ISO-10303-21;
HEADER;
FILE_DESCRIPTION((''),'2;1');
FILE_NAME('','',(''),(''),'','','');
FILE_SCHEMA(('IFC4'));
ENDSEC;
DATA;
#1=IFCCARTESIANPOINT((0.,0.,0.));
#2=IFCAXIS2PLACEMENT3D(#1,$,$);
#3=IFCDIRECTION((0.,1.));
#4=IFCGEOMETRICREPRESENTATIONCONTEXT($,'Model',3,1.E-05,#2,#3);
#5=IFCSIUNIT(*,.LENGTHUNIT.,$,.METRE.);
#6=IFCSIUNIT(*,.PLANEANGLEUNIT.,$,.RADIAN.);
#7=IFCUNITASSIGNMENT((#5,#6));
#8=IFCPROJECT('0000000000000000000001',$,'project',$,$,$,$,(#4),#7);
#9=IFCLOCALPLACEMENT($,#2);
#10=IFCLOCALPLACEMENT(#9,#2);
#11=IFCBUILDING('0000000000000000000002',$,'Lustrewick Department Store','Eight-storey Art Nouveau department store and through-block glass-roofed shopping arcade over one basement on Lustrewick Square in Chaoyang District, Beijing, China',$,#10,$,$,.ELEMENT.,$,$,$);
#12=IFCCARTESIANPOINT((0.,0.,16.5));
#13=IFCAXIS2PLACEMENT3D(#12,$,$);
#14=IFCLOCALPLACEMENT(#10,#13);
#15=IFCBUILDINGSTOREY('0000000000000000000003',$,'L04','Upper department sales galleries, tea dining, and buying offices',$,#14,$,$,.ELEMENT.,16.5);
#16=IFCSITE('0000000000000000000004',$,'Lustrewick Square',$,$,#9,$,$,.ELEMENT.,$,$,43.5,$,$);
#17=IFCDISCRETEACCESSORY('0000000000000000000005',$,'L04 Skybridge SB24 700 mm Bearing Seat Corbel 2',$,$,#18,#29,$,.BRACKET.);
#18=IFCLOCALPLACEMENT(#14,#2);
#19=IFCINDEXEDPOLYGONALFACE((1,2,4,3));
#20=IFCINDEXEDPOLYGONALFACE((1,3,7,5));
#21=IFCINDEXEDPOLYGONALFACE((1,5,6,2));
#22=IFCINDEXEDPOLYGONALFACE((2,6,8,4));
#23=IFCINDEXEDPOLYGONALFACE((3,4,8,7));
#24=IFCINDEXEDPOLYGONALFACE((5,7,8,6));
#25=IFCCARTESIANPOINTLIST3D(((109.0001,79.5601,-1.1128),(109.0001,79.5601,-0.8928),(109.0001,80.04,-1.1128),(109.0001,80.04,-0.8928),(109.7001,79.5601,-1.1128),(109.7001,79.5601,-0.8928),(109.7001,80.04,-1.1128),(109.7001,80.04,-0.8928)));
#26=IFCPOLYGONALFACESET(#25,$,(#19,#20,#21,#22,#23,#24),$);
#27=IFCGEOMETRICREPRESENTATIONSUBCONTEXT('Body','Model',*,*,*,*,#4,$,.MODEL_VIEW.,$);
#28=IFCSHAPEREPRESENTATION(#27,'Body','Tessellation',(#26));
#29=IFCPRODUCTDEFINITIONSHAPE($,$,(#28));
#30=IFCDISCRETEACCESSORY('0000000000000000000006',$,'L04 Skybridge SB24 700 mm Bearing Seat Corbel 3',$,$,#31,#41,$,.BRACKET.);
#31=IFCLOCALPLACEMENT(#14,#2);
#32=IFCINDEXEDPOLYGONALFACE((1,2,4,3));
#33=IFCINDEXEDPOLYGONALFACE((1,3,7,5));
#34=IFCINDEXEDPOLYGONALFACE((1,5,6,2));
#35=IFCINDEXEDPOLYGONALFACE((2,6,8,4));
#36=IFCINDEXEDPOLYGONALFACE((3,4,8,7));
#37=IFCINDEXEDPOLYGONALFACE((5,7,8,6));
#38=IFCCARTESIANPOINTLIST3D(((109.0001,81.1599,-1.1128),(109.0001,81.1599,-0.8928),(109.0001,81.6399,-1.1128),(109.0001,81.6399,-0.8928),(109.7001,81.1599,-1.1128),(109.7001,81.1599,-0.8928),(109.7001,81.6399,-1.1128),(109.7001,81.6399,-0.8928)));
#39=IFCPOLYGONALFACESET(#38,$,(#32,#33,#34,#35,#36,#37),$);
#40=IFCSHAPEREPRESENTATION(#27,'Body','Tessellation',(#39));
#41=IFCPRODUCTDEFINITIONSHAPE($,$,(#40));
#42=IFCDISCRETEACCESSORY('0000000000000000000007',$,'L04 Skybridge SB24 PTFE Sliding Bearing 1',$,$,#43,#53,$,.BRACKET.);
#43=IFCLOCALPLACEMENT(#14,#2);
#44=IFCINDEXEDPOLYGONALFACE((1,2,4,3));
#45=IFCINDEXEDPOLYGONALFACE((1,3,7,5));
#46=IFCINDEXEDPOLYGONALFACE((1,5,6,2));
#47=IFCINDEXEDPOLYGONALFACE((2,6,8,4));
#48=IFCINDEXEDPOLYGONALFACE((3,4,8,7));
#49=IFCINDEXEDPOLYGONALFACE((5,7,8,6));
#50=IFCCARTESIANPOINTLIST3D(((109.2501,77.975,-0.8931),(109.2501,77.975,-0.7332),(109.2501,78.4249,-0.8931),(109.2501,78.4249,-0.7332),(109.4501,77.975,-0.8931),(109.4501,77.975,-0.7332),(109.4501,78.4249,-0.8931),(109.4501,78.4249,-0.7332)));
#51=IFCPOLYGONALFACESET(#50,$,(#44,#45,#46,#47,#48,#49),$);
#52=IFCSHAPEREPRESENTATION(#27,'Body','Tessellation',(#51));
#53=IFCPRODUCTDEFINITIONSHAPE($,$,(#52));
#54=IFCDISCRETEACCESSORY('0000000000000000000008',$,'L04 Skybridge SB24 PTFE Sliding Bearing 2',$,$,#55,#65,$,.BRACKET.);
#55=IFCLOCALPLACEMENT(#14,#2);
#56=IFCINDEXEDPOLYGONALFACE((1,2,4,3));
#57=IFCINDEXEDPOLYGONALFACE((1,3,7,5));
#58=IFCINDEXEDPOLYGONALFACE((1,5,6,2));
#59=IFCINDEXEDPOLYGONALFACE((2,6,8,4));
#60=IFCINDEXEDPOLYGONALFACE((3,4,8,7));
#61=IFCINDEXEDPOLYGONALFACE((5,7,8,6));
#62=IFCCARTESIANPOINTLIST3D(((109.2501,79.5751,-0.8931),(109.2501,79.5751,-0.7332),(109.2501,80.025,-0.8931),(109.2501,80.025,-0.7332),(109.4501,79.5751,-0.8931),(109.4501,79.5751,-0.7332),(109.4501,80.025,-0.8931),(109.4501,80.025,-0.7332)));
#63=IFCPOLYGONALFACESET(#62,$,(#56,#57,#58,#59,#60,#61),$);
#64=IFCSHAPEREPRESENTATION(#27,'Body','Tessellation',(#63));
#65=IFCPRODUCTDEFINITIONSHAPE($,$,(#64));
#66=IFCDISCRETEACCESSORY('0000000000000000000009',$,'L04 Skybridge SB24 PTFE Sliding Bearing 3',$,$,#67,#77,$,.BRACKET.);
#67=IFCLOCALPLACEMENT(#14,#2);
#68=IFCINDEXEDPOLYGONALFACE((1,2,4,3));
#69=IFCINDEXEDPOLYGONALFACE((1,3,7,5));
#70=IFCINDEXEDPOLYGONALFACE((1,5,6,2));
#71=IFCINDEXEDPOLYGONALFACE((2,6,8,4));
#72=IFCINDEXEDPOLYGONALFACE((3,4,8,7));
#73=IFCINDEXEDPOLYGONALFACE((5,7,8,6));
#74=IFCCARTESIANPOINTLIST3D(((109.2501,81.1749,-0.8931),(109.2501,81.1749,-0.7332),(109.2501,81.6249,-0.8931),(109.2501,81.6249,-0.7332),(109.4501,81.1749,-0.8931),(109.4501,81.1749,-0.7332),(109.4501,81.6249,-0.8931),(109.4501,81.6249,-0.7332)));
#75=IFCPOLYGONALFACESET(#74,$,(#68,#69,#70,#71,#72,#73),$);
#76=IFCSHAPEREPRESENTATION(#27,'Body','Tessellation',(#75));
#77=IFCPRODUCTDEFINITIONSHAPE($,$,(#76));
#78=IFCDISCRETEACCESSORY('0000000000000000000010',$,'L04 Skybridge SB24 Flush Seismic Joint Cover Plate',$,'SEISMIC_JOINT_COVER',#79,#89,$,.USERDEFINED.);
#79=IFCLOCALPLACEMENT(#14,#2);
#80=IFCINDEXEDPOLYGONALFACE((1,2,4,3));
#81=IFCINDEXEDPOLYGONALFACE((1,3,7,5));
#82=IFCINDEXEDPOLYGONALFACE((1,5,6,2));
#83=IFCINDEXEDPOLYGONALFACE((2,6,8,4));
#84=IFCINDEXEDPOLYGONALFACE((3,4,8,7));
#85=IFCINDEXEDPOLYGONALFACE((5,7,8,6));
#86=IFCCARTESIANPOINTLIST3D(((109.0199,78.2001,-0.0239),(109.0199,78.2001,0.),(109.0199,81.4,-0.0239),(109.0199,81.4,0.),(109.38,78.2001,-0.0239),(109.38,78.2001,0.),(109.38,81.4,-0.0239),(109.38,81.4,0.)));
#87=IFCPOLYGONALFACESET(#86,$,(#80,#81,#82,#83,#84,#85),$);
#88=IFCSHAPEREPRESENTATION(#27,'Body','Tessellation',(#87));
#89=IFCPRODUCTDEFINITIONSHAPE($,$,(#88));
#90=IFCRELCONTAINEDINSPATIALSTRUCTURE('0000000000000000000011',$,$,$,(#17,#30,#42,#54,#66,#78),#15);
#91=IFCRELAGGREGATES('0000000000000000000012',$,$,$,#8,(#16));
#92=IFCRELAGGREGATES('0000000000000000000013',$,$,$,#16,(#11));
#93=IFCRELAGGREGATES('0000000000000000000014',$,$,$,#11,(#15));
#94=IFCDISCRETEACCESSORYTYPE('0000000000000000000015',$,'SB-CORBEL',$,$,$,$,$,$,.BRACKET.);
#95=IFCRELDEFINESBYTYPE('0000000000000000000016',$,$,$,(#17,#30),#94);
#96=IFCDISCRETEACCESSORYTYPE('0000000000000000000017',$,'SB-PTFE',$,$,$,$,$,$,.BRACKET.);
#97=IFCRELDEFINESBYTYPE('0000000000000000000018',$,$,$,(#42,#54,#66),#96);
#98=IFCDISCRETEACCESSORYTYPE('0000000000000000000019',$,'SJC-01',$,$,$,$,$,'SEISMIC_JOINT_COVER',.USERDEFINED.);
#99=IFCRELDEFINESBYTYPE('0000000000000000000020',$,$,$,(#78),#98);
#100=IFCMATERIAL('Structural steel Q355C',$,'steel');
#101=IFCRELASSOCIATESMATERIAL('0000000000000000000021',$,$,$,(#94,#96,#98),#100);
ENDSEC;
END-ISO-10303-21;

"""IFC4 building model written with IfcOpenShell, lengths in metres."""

from ifc_helpers import new_model, si_unit, direction, frame, origin, origin_2d, place, context, subcontext, project, spatial, rectangle, extrude, material, type_object, element, save


model = new_model("IFC4")

# Units and contexts
model_context = context("Model", 3, precision=1e-05, world=origin(), true_north=direction((0.0, 1.0)))
body_context = subcontext(model_context, "Body", "Model", "MODEL_VIEW")
ifc_project = project(units=[si_unit("LENGTHUNIT", "METRE"), si_unit("PLANEANGLEUNIT", "RADIAN")], contexts=[model_context])

# Site, building, storey
site_placement = place(None, origin())
site = spatial("IfcSite", under=ifc_project, at=site_placement, Name="Lustrewick Square", CompositionType="ELEMENT", RefElevation=43.5)
building_placement = place(site_placement, origin())
building = spatial("IfcBuilding", under=site, at=building_placement, Name="Lustrewick Department Store", Description="Eight-storey Art Nouveau department store and through-block glass-roofed shopping arcade over one basement on Lustrewick Square in Chaoyang District, Beijing, China", CompositionType="ELEMENT")
storey_placement = place(building_placement, frame((0.0, 0.0, 16.5)))
storey = spatial("IfcBuildingStorey", under=building, at=storey_placement, Name="L04", Description="Upper department sales galleries, tea dining, and buying offices", CompositionType="ELEMENT", Elevation=16.5)

# Shared definitions
ifc_material_1 = material(Name="Structural steel Q355C", Category="steel")

# Discrete accessories
discrete_accessory_type_1 = type_object("IfcDiscreteAccessoryType", Name="SB-CORBEL", PredefinedType="BRACKET", material=ifc_material_1)
for number, where, z_axis, x_axis, name in (
    (1, (109.3501, 79.8, -1.1128), (0.0, 0.0, 1.0), (1.0, 0.0, 0.0), "L04 Skybridge SB24 700 mm Bearing Seat Corbel 2"),
    (2, (109.3501, 81.3999, -1.1128), (0.0, 0.0, 1.0), (1.0, 0.0, 0.0), "L04 Skybridge SB24 700 mm Bearing Seat Corbel 3"),
):
    element("IfcDiscreteAccessory", number, at=place(storey_placement, frame(where, z_axis=z_axis, x_axis=x_axis)), inside=storey, type_object=discrete_accessory_type_1, Name=name, PredefinedType="BRACKET", context=body_context, shape_type="SweptSolid", body=[
        extrude(rectangle(XDim=0.7, YDim=0.48, at=origin_2d()), origin(), (0.0, 0.0, 1.0), 0.22),
    ])
discrete_accessory_type_2 = type_object("IfcDiscreteAccessoryType", Name="SB-PTFE", PredefinedType="BRACKET", material=ifc_material_1)
for number, where, z_axis, x_axis, name in (
    (3, (109.3501, 78.2, -0.8931), (0.0, 0.0, 1.0), (1.0, 0.0, 0.0), "L04 Skybridge SB24 PTFE Sliding Bearing 1"),
    (4, (109.3501, 79.8, -0.8931), (0.0, 0.0, 1.0), (1.0, 0.0, 0.0), "L04 Skybridge SB24 PTFE Sliding Bearing 2"),
    (5, (109.3501, 81.3999, -0.8931), (0.0, 0.0, 1.0), (1.0, 0.0, 0.0), "L04 Skybridge SB24 PTFE Sliding Bearing 3"),
):
    element("IfcDiscreteAccessory", number, at=place(storey_placement, frame(where, z_axis=z_axis, x_axis=x_axis)), inside=storey, type_object=discrete_accessory_type_2, Name=name, PredefinedType="BRACKET", context=body_context, shape_type="SweptSolid", body=[
        extrude(rectangle(XDim=0.2, YDim=0.45, at=origin_2d()), origin(), (0.0, 0.0, 1.0), 0.1599),
    ])
discrete_accessory_type_3 = type_object("IfcDiscreteAccessoryType", Name="SJC-01", ElementType="SEISMIC_JOINT_COVER", PredefinedType="USERDEFINED", material=ifc_material_1)
discrete_accessory_placement = place(storey_placement, frame((109.2, 79.8, -0.0239), z_axis=(0.0, 0.0, 1.0), x_axis=(1.0, 0.0, 0.0)))
element("IfcDiscreteAccessory", 6, at=discrete_accessory_placement, inside=storey, type_object=discrete_accessory_type_3, Name="L04 Skybridge SB24 Flush Seismic Joint Cover Plate", ObjectType="SEISMIC_JOINT_COVER", PredefinedType="USERDEFINED", context=body_context, shape_type="SweptSolid", body=[
    extrude(rectangle(XDim=0.3601, YDim=3.2, at=origin_2d()), origin(), (0.0, 0.0, 1.0), 0.0239),
])

save(model, "model.ifc")
